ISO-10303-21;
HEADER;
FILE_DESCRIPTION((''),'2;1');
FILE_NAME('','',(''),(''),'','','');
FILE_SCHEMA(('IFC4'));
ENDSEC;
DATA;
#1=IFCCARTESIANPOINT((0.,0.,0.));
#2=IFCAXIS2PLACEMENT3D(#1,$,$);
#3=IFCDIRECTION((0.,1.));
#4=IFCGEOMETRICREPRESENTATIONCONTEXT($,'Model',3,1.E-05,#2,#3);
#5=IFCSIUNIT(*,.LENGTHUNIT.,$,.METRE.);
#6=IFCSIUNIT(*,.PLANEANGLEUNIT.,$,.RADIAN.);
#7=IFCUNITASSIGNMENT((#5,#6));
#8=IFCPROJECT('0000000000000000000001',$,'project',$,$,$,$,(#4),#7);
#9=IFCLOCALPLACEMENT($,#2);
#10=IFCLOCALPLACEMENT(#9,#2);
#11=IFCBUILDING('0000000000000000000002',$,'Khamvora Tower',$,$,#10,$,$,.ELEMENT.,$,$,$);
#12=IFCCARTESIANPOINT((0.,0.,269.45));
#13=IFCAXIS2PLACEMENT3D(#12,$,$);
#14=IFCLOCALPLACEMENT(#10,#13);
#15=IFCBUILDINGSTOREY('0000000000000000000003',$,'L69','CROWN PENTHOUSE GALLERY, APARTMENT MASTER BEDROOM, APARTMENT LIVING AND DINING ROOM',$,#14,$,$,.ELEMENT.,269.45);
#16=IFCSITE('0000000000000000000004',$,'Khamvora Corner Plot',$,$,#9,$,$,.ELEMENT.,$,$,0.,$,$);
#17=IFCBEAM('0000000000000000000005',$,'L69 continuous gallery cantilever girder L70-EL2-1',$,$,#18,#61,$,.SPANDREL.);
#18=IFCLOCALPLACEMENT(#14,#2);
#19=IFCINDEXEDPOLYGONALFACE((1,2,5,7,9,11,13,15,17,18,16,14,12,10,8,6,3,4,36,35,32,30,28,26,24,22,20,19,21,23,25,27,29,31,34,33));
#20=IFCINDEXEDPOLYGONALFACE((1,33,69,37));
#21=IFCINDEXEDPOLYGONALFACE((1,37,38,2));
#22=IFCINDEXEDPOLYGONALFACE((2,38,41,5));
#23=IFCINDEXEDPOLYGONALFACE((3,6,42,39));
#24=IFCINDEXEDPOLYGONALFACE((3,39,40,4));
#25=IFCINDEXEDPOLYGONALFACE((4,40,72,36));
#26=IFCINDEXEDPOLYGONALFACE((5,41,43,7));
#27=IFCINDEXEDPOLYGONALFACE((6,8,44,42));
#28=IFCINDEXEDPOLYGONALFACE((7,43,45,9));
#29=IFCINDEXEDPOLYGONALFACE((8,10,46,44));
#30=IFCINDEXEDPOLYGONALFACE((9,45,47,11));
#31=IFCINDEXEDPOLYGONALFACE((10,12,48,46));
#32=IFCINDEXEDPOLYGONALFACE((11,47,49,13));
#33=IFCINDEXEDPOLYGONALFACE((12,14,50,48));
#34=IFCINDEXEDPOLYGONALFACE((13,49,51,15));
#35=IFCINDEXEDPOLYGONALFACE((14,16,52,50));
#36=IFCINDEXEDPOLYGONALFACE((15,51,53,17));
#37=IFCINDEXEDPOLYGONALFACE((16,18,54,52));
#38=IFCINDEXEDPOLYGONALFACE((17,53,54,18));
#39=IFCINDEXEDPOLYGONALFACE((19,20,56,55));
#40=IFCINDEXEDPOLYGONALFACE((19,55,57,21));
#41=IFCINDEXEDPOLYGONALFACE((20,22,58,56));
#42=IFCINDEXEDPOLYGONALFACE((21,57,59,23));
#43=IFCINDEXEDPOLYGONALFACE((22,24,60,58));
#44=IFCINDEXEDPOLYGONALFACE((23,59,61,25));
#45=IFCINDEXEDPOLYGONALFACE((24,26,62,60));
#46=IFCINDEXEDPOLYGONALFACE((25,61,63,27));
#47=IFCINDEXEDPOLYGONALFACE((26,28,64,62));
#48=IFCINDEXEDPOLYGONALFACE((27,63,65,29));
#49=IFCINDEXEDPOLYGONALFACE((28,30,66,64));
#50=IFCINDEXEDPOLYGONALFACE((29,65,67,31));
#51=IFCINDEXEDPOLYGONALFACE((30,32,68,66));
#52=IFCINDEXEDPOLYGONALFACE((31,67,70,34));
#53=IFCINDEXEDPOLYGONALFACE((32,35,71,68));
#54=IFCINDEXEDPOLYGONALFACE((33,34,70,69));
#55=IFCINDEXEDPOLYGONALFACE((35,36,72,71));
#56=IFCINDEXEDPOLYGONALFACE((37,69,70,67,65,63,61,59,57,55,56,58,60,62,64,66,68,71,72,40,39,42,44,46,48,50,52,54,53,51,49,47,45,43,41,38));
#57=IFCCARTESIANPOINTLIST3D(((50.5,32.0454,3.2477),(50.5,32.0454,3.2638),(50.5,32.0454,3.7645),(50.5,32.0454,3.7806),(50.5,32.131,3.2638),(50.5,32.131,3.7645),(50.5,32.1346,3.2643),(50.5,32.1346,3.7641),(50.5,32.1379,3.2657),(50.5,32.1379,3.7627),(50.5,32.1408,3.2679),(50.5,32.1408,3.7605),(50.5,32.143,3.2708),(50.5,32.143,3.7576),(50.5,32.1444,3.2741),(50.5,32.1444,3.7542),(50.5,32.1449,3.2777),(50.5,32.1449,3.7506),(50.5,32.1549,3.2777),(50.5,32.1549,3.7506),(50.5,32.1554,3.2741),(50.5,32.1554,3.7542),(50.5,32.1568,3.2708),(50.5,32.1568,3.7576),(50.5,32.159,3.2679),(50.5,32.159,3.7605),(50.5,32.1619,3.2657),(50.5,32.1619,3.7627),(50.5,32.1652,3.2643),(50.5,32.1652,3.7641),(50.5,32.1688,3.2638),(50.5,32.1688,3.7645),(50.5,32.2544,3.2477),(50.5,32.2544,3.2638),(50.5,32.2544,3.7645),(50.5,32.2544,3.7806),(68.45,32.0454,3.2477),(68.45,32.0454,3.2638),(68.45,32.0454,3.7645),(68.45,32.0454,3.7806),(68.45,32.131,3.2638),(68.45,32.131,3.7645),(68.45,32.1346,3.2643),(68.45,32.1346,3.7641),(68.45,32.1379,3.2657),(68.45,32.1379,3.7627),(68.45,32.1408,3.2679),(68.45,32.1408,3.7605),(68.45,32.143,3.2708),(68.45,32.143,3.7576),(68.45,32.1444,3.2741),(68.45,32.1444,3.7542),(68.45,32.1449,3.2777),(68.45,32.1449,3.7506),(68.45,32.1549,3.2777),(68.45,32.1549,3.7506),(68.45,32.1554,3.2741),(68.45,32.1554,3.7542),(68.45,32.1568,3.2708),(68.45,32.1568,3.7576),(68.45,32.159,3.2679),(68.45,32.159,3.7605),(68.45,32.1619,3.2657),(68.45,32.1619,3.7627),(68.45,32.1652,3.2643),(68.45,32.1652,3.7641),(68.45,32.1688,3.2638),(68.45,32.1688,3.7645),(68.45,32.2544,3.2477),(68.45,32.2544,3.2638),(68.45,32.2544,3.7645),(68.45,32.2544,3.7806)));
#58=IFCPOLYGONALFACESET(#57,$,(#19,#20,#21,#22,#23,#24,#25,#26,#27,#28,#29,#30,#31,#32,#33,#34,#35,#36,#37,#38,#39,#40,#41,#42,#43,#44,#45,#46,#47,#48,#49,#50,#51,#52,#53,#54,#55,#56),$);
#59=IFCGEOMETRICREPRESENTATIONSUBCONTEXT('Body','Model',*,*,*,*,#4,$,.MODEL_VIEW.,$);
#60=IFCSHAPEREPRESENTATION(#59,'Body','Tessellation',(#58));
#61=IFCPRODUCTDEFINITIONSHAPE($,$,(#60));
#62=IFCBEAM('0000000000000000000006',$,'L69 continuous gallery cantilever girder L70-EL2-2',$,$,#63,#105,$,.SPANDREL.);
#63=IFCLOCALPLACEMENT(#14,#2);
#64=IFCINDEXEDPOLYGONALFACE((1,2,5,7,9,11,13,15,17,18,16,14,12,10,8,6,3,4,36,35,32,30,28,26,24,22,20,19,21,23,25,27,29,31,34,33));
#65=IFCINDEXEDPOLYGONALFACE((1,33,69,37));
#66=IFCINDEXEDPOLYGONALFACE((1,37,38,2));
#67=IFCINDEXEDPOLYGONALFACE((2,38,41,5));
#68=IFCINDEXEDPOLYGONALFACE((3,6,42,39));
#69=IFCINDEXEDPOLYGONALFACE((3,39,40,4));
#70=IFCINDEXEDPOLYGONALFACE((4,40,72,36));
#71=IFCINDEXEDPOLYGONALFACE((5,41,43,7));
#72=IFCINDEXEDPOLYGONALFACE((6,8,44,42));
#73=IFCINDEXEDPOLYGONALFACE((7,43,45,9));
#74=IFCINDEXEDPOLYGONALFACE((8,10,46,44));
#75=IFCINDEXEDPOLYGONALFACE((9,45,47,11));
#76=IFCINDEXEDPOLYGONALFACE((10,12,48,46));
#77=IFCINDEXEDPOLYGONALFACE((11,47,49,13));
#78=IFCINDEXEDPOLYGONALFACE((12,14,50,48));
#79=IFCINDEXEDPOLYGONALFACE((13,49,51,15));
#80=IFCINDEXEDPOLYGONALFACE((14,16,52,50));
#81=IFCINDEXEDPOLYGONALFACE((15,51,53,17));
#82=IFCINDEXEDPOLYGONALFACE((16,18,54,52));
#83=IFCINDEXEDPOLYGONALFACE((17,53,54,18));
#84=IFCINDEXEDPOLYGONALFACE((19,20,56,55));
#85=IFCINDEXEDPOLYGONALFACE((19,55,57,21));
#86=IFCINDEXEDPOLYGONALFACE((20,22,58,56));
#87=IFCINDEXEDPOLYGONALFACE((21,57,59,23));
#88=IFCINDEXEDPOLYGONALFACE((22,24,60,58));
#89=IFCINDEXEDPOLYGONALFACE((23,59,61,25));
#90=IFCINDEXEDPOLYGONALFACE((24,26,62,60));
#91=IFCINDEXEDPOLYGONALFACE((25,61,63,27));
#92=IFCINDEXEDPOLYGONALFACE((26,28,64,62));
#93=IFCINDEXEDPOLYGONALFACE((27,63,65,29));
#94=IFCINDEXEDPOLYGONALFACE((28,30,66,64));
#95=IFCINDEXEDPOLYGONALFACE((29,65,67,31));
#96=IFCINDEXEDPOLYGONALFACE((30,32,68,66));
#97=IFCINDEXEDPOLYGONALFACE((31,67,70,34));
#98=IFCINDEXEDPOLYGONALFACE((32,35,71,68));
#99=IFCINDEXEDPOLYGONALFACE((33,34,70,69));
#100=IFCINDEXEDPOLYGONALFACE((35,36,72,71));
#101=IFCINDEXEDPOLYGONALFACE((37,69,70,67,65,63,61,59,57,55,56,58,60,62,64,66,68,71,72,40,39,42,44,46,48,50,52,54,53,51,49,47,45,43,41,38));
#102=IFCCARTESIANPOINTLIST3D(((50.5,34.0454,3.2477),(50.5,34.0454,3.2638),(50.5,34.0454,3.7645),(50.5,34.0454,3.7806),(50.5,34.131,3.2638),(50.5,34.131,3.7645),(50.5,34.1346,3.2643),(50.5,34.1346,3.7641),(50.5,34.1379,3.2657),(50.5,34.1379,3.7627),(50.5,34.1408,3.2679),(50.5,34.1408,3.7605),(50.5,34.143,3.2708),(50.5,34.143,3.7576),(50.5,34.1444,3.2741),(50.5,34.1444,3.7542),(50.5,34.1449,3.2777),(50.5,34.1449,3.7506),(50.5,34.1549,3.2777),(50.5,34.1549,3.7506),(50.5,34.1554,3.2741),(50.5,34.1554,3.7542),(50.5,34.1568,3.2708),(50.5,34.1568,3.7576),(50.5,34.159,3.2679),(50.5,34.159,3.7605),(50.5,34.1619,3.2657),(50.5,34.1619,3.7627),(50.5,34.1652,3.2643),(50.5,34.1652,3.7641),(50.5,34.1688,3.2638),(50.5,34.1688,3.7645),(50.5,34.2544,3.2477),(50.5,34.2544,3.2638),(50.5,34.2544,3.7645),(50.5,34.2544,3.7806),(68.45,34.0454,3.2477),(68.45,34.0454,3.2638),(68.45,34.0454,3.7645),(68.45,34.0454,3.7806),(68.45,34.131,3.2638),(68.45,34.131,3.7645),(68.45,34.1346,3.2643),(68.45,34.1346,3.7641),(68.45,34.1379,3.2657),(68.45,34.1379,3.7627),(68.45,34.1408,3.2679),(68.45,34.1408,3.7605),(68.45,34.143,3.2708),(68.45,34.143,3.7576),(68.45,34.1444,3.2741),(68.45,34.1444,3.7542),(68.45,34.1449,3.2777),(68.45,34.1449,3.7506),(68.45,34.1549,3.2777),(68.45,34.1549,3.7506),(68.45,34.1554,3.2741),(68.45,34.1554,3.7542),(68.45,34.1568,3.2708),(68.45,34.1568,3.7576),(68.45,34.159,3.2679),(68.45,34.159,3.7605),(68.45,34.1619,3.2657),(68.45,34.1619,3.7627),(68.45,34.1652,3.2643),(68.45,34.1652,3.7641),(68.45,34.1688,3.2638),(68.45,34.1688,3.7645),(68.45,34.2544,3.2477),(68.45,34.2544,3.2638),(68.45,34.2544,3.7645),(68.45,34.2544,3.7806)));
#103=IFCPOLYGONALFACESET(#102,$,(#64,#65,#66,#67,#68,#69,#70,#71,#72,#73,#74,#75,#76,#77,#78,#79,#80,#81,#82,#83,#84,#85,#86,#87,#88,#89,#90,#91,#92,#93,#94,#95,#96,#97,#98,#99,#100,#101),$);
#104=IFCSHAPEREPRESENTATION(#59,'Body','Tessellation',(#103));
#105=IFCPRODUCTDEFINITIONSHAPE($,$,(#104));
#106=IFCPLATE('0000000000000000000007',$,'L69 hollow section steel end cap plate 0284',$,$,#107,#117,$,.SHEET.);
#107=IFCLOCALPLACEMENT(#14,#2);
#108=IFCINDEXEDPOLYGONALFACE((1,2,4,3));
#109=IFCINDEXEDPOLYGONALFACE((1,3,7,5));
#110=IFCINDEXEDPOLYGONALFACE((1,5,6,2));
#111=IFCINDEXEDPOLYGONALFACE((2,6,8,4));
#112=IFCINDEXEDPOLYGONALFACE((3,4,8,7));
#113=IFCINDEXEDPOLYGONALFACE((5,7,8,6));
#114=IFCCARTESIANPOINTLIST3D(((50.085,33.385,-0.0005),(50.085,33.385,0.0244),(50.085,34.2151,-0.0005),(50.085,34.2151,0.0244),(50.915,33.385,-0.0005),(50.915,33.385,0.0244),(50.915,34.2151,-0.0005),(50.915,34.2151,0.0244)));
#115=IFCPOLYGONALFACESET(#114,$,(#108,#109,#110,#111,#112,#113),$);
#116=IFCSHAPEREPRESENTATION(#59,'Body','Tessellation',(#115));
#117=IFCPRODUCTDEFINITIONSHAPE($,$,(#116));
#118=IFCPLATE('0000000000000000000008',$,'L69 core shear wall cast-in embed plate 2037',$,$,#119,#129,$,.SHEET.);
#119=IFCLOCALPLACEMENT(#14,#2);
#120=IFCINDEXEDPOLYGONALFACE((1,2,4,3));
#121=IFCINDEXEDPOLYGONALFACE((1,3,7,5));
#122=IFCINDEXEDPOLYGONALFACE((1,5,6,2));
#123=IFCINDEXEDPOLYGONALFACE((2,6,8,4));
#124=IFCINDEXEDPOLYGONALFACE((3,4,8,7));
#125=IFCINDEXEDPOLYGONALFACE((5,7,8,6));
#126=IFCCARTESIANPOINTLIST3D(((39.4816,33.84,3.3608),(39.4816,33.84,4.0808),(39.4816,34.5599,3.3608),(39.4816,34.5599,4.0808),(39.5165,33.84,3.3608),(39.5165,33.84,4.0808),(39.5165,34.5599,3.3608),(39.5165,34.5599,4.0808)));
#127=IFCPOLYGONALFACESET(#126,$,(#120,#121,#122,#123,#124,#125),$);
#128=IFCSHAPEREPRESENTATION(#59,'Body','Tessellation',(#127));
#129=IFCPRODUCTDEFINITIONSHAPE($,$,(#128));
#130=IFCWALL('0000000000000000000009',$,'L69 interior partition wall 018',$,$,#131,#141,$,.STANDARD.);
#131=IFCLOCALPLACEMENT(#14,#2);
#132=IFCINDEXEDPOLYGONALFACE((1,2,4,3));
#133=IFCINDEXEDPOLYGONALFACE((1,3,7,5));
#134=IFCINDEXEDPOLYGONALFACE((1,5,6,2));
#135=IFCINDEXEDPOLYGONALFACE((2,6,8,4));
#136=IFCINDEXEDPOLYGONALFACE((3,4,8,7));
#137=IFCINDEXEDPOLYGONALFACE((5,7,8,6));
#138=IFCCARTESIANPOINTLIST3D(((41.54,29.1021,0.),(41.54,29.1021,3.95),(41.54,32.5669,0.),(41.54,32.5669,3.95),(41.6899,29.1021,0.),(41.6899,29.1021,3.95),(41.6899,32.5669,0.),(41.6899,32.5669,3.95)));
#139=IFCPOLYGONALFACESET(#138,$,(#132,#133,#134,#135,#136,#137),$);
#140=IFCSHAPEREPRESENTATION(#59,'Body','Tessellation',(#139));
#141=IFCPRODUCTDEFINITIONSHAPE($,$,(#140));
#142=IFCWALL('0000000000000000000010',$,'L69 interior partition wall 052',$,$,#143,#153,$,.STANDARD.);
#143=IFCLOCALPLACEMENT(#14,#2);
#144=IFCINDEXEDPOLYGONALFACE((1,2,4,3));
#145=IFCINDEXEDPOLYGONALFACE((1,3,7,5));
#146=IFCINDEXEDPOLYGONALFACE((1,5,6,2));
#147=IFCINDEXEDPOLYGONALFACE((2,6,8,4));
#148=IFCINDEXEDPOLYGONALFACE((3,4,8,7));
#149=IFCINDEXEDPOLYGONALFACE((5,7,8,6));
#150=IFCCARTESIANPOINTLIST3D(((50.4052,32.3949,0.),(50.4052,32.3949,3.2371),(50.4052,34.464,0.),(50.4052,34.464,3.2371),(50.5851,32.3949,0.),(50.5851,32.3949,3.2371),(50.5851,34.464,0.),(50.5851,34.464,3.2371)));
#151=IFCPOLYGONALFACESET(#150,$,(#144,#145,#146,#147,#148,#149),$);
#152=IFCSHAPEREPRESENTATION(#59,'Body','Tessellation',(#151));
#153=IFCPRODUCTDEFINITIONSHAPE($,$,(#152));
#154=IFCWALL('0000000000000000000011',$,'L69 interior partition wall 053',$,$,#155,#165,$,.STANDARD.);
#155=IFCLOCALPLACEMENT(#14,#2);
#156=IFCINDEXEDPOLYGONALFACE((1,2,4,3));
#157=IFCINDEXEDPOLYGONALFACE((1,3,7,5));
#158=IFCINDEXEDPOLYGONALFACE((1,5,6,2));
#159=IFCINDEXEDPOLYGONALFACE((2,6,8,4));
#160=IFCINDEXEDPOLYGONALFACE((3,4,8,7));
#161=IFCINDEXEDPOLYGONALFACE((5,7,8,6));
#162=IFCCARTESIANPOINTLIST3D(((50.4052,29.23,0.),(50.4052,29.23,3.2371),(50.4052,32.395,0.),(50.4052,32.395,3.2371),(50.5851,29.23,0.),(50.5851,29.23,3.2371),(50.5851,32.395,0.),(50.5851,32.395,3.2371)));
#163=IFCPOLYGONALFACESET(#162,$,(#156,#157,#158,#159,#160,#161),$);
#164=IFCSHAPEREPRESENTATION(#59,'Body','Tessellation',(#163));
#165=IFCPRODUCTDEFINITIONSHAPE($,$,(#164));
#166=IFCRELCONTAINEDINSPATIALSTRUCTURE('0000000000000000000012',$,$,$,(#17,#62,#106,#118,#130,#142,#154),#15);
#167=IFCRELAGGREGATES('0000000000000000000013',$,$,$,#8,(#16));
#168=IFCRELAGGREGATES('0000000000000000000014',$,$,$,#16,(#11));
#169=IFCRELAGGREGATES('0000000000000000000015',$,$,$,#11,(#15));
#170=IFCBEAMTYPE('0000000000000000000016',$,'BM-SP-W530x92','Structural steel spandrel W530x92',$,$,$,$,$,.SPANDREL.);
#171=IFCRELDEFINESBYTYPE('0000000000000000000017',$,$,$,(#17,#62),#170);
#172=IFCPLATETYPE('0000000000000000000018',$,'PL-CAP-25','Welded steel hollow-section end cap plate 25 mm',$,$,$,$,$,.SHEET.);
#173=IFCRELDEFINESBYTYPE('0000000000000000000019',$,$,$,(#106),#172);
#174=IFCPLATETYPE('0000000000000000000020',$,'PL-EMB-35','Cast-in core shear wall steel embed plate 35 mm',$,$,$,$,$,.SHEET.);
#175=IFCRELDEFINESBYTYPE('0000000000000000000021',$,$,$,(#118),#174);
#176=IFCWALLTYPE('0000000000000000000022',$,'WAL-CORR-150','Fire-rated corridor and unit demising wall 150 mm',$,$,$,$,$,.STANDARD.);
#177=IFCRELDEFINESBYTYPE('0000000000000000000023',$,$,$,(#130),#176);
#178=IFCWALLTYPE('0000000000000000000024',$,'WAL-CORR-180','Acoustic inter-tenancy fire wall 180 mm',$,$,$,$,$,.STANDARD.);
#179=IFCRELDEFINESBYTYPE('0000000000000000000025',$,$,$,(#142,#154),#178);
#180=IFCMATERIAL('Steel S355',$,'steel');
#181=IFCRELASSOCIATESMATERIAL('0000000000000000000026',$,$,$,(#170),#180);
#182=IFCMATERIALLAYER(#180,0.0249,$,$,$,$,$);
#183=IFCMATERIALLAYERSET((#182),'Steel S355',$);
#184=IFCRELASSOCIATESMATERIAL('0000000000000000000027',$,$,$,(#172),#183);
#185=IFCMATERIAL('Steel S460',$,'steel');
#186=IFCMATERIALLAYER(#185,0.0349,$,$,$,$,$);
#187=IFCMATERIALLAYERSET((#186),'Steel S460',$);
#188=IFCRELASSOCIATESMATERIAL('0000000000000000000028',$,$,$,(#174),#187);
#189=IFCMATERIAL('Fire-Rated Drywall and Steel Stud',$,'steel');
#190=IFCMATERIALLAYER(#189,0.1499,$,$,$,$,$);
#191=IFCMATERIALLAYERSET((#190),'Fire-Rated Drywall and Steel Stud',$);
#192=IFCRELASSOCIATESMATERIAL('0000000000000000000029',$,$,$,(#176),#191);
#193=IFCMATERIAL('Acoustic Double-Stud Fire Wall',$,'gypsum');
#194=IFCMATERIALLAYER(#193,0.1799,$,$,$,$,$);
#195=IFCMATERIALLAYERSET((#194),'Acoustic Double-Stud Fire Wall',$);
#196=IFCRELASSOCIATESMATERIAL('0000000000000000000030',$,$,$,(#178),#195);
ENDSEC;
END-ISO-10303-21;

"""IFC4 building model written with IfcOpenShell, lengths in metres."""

from ifc_helpers import new_model, si_unit, direction, frame, frame_2d, origin, origin_2d, place, context, subcontext, project, spatial, rectangle, i_section, extrude, material, layer, layer_set, material_profile, profile_set, type_object, element, save


model = new_model("IFC4")

# Units and contexts
model_context = context("Model", 3, precision=1e-05, world=origin(), true_north=direction((0.0, 1.0)))
body_context = subcontext(model_context, "Body", "Model", "MODEL_VIEW")
ifc_project = project(units=[si_unit("LENGTHUNIT", "METRE"), si_unit("PLANEANGLEUNIT", "RADIAN")], contexts=[model_context])

# Site, building, storey
site_placement = place(None, origin())
site = spatial("IfcSite", under=ifc_project, at=site_placement, Name="Khamvora Corner Plot", CompositionType="ELEMENT", RefElevation=0.0)
building_placement = place(site_placement, origin())
building = spatial("IfcBuilding", under=site, at=building_placement, Name="Khamvora Tower", CompositionType="ELEMENT")
storey_placement = place(building_placement, frame((0.0, 0.0, 269.45)))
storey = spatial("IfcBuildingStorey", under=building, at=storey_placement, Name="L69", Description="CROWN PENTHOUSE GALLERY, APARTMENT MASTER BEDROOM, APARTMENT LIVING AND DINING ROOM", CompositionType="ELEMENT", Elevation=269.45)

# Shared definitions
ifc_material_1 = material(Name="Steel S355", Category="steel")

# Beams
ifc_material_profile_1 = material_profile(ifc_material_1, i_section(OverallWidth=0.209, OverallDepth=0.533, WebThickness=0.01, FlangeThickness=0.0161, FilletRadius=0.0139, at=origin_2d()), Name="W530x92")
ifc_profile_set_1 = profile_set([ifc_material_profile_1], Name="Steel S355")
beam_type_1 = type_object("IfcBeamType", Name="BM-SP-W530x92", Description="Structural steel spandrel W530x92", PredefinedType="SPANDREL", material=ifc_profile_set_1)
for number, where, z_axis, x_axis, name in (
    (1, (50.5, 32.1499, 3.5142), (1.0, 0.0, 0.0), (0.0, 1.0, 0.0), "L69 continuous gallery cantilever girder L70-EL2-1"),
    (2, (50.5, 34.1499, 3.5142), (1.0, 0.0, 0.0), (0.0, 1.0, 0.0), "L69 continuous gallery cantilever girder L70-EL2-2"),
):
    element("IfcBeam", number, at=place(storey_placement, frame(where, z_axis=z_axis, x_axis=x_axis)), inside=storey, type_object=beam_type_1, Name=name, PredefinedType="SPANDREL", context=body_context, shape_type="SweptSolid", body=[
        extrude(i_section(OverallWidth=0.209, OverallDepth=0.533, WebThickness=0.01, FlangeThickness=0.0161, FilletRadius=0.0139, at=origin_2d()), origin(), (0.0, 0.0, 1.0), 17.95),
    ])

# Plates
ifc_layer_1 = layer(ifc_material_1, 0.0249)
ifc_layer_set_1 = layer_set([ifc_layer_1], Name="Steel S355")
plate_type_1 = type_object("IfcPlateType", Name="PL-CAP-25", Description="Welded steel hollow-section end cap plate 25 mm", PredefinedType="SHEET", material=ifc_layer_set_1)
plate_1_placement = place(storey_placement, frame((50.5, 33.8, -0.0005), z_axis=(0.0, 0.0, 1.0), x_axis=(1.0, 0.0, 0.0)))
element("IfcPlate", 3, at=plate_1_placement, inside=storey, type_object=plate_type_1, Name="L69 hollow section steel end cap plate 0284", PredefinedType="SHEET", context=body_context, shape_type="SweptSolid", body=[
    extrude(rectangle(XDim=0.8301, YDim=0.8301, at=origin_2d()), origin(), (0.0, 0.0, 1.0), 0.0249),
])
ifc_material_2 = material(Name="Steel S460", Category="steel")
ifc_layer_2 = layer(ifc_material_2, 0.0349)
ifc_layer_set_2 = layer_set([ifc_layer_2], Name="Steel S460")
plate_type_2 = type_object("IfcPlateType", Name="PL-EMB-35", Description="Cast-in core shear wall steel embed plate 35 mm", PredefinedType="SHEET", material=ifc_layer_set_2)
plate_2_placement = place(storey_placement, frame((39.499, 34.2, 3.3608), z_axis=(0.0, 0.0, 1.0), x_axis=(1.0, 0.0, 0.0)))
element("IfcPlate", 4, at=plate_2_placement, inside=storey, type_object=plate_type_2, Name="L69 core shear wall cast-in embed plate 2037", PredefinedType="SHEET", context=body_context, shape_type="SweptSolid", body=[
    extrude(rectangle(XDim=0.0349, YDim=0.72, at=origin_2d()), origin(), (0.0, 0.0, 1.0), 0.72),
])

# Shared definitions
ifc_material_3 = material(Name="Fire-Rated Drywall and Steel Stud", Category="steel")
ifc_layer_3 = layer(ifc_material_3, 0.1499)
ifc_layer_set_3 = layer_set([ifc_layer_3], Name="Fire-Rated Drywall and Steel Stud")
wall_type_1 = type_object("IfcWallType", Name="WAL-CORR-150", Description="Fire-rated corridor and unit demising wall 150 mm", PredefinedType="STANDARD", material=ifc_layer_set_3)

# Walls
wall_1_placement = place(storey_placement, frame((41.615, 32.5669, 0.0), z_axis=(0.0, 0.0, 1.0), x_axis=(0.0, -1.0, 0.0)))
element("IfcWall", 5, at=wall_1_placement, inside=storey, type_object=wall_type_1, Name="L69 interior partition wall 018", PredefinedType="STANDARD", context=body_context, shape_type="SweptSolid", body=[
    extrude(rectangle(XDim=3.4648, YDim=0.1499, at=frame_2d((1.7324, 0.0))), origin(), (0.0, 0.0, 1.0), 3.95),
])
ifc_material_4 = material(Name="Acoustic Double-Stud Fire Wall", Category="gypsum")
ifc_layer_4 = layer(ifc_material_4, 0.1799)
ifc_layer_set_4 = layer_set([ifc_layer_4], Name="Acoustic Double-Stud Fire Wall")
wall_type_2 = type_object("IfcWallType", Name="WAL-CORR-180", Description="Acoustic inter-tenancy fire wall 180 mm", PredefinedType="STANDARD", material=ifc_layer_set_4)
wall_2_placement = place(storey_placement, frame((50.4951, 34.4641, 0.0), z_axis=(0.0, 0.0, 1.0), x_axis=(0.0, -1.0, 0.0)))
element("IfcWall", 6, at=wall_2_placement, inside=storey, type_object=wall_type_2, Name="L69 interior partition wall 052", PredefinedType="STANDARD", context=body_context, shape_type="SweptSolid", body=[
    extrude(rectangle(XDim=2.0691, YDim=0.1799, at=frame_2d((1.0347, 0.0))), origin(), (0.0, 0.0, 1.0), 3.2371),
])
wall_3_placement = place(storey_placement, frame((50.4951, 32.395, 0.0), z_axis=(0.0, 0.0, 1.0), x_axis=(0.0, -1.0, 0.0)))
element("IfcWall", 7, at=wall_3_placement, inside=storey, type_object=wall_type_2, Name="L69 interior partition wall 053", PredefinedType="STANDARD", context=body_context, shape_type="SweptSolid", body=[
    extrude(rectangle(XDim=3.165, YDim=0.1799, at=frame_2d((1.5825, 0.0))), origin(), (0.0, 0.0, 1.0), 3.2371),
])

save(model, "model.ifc")
